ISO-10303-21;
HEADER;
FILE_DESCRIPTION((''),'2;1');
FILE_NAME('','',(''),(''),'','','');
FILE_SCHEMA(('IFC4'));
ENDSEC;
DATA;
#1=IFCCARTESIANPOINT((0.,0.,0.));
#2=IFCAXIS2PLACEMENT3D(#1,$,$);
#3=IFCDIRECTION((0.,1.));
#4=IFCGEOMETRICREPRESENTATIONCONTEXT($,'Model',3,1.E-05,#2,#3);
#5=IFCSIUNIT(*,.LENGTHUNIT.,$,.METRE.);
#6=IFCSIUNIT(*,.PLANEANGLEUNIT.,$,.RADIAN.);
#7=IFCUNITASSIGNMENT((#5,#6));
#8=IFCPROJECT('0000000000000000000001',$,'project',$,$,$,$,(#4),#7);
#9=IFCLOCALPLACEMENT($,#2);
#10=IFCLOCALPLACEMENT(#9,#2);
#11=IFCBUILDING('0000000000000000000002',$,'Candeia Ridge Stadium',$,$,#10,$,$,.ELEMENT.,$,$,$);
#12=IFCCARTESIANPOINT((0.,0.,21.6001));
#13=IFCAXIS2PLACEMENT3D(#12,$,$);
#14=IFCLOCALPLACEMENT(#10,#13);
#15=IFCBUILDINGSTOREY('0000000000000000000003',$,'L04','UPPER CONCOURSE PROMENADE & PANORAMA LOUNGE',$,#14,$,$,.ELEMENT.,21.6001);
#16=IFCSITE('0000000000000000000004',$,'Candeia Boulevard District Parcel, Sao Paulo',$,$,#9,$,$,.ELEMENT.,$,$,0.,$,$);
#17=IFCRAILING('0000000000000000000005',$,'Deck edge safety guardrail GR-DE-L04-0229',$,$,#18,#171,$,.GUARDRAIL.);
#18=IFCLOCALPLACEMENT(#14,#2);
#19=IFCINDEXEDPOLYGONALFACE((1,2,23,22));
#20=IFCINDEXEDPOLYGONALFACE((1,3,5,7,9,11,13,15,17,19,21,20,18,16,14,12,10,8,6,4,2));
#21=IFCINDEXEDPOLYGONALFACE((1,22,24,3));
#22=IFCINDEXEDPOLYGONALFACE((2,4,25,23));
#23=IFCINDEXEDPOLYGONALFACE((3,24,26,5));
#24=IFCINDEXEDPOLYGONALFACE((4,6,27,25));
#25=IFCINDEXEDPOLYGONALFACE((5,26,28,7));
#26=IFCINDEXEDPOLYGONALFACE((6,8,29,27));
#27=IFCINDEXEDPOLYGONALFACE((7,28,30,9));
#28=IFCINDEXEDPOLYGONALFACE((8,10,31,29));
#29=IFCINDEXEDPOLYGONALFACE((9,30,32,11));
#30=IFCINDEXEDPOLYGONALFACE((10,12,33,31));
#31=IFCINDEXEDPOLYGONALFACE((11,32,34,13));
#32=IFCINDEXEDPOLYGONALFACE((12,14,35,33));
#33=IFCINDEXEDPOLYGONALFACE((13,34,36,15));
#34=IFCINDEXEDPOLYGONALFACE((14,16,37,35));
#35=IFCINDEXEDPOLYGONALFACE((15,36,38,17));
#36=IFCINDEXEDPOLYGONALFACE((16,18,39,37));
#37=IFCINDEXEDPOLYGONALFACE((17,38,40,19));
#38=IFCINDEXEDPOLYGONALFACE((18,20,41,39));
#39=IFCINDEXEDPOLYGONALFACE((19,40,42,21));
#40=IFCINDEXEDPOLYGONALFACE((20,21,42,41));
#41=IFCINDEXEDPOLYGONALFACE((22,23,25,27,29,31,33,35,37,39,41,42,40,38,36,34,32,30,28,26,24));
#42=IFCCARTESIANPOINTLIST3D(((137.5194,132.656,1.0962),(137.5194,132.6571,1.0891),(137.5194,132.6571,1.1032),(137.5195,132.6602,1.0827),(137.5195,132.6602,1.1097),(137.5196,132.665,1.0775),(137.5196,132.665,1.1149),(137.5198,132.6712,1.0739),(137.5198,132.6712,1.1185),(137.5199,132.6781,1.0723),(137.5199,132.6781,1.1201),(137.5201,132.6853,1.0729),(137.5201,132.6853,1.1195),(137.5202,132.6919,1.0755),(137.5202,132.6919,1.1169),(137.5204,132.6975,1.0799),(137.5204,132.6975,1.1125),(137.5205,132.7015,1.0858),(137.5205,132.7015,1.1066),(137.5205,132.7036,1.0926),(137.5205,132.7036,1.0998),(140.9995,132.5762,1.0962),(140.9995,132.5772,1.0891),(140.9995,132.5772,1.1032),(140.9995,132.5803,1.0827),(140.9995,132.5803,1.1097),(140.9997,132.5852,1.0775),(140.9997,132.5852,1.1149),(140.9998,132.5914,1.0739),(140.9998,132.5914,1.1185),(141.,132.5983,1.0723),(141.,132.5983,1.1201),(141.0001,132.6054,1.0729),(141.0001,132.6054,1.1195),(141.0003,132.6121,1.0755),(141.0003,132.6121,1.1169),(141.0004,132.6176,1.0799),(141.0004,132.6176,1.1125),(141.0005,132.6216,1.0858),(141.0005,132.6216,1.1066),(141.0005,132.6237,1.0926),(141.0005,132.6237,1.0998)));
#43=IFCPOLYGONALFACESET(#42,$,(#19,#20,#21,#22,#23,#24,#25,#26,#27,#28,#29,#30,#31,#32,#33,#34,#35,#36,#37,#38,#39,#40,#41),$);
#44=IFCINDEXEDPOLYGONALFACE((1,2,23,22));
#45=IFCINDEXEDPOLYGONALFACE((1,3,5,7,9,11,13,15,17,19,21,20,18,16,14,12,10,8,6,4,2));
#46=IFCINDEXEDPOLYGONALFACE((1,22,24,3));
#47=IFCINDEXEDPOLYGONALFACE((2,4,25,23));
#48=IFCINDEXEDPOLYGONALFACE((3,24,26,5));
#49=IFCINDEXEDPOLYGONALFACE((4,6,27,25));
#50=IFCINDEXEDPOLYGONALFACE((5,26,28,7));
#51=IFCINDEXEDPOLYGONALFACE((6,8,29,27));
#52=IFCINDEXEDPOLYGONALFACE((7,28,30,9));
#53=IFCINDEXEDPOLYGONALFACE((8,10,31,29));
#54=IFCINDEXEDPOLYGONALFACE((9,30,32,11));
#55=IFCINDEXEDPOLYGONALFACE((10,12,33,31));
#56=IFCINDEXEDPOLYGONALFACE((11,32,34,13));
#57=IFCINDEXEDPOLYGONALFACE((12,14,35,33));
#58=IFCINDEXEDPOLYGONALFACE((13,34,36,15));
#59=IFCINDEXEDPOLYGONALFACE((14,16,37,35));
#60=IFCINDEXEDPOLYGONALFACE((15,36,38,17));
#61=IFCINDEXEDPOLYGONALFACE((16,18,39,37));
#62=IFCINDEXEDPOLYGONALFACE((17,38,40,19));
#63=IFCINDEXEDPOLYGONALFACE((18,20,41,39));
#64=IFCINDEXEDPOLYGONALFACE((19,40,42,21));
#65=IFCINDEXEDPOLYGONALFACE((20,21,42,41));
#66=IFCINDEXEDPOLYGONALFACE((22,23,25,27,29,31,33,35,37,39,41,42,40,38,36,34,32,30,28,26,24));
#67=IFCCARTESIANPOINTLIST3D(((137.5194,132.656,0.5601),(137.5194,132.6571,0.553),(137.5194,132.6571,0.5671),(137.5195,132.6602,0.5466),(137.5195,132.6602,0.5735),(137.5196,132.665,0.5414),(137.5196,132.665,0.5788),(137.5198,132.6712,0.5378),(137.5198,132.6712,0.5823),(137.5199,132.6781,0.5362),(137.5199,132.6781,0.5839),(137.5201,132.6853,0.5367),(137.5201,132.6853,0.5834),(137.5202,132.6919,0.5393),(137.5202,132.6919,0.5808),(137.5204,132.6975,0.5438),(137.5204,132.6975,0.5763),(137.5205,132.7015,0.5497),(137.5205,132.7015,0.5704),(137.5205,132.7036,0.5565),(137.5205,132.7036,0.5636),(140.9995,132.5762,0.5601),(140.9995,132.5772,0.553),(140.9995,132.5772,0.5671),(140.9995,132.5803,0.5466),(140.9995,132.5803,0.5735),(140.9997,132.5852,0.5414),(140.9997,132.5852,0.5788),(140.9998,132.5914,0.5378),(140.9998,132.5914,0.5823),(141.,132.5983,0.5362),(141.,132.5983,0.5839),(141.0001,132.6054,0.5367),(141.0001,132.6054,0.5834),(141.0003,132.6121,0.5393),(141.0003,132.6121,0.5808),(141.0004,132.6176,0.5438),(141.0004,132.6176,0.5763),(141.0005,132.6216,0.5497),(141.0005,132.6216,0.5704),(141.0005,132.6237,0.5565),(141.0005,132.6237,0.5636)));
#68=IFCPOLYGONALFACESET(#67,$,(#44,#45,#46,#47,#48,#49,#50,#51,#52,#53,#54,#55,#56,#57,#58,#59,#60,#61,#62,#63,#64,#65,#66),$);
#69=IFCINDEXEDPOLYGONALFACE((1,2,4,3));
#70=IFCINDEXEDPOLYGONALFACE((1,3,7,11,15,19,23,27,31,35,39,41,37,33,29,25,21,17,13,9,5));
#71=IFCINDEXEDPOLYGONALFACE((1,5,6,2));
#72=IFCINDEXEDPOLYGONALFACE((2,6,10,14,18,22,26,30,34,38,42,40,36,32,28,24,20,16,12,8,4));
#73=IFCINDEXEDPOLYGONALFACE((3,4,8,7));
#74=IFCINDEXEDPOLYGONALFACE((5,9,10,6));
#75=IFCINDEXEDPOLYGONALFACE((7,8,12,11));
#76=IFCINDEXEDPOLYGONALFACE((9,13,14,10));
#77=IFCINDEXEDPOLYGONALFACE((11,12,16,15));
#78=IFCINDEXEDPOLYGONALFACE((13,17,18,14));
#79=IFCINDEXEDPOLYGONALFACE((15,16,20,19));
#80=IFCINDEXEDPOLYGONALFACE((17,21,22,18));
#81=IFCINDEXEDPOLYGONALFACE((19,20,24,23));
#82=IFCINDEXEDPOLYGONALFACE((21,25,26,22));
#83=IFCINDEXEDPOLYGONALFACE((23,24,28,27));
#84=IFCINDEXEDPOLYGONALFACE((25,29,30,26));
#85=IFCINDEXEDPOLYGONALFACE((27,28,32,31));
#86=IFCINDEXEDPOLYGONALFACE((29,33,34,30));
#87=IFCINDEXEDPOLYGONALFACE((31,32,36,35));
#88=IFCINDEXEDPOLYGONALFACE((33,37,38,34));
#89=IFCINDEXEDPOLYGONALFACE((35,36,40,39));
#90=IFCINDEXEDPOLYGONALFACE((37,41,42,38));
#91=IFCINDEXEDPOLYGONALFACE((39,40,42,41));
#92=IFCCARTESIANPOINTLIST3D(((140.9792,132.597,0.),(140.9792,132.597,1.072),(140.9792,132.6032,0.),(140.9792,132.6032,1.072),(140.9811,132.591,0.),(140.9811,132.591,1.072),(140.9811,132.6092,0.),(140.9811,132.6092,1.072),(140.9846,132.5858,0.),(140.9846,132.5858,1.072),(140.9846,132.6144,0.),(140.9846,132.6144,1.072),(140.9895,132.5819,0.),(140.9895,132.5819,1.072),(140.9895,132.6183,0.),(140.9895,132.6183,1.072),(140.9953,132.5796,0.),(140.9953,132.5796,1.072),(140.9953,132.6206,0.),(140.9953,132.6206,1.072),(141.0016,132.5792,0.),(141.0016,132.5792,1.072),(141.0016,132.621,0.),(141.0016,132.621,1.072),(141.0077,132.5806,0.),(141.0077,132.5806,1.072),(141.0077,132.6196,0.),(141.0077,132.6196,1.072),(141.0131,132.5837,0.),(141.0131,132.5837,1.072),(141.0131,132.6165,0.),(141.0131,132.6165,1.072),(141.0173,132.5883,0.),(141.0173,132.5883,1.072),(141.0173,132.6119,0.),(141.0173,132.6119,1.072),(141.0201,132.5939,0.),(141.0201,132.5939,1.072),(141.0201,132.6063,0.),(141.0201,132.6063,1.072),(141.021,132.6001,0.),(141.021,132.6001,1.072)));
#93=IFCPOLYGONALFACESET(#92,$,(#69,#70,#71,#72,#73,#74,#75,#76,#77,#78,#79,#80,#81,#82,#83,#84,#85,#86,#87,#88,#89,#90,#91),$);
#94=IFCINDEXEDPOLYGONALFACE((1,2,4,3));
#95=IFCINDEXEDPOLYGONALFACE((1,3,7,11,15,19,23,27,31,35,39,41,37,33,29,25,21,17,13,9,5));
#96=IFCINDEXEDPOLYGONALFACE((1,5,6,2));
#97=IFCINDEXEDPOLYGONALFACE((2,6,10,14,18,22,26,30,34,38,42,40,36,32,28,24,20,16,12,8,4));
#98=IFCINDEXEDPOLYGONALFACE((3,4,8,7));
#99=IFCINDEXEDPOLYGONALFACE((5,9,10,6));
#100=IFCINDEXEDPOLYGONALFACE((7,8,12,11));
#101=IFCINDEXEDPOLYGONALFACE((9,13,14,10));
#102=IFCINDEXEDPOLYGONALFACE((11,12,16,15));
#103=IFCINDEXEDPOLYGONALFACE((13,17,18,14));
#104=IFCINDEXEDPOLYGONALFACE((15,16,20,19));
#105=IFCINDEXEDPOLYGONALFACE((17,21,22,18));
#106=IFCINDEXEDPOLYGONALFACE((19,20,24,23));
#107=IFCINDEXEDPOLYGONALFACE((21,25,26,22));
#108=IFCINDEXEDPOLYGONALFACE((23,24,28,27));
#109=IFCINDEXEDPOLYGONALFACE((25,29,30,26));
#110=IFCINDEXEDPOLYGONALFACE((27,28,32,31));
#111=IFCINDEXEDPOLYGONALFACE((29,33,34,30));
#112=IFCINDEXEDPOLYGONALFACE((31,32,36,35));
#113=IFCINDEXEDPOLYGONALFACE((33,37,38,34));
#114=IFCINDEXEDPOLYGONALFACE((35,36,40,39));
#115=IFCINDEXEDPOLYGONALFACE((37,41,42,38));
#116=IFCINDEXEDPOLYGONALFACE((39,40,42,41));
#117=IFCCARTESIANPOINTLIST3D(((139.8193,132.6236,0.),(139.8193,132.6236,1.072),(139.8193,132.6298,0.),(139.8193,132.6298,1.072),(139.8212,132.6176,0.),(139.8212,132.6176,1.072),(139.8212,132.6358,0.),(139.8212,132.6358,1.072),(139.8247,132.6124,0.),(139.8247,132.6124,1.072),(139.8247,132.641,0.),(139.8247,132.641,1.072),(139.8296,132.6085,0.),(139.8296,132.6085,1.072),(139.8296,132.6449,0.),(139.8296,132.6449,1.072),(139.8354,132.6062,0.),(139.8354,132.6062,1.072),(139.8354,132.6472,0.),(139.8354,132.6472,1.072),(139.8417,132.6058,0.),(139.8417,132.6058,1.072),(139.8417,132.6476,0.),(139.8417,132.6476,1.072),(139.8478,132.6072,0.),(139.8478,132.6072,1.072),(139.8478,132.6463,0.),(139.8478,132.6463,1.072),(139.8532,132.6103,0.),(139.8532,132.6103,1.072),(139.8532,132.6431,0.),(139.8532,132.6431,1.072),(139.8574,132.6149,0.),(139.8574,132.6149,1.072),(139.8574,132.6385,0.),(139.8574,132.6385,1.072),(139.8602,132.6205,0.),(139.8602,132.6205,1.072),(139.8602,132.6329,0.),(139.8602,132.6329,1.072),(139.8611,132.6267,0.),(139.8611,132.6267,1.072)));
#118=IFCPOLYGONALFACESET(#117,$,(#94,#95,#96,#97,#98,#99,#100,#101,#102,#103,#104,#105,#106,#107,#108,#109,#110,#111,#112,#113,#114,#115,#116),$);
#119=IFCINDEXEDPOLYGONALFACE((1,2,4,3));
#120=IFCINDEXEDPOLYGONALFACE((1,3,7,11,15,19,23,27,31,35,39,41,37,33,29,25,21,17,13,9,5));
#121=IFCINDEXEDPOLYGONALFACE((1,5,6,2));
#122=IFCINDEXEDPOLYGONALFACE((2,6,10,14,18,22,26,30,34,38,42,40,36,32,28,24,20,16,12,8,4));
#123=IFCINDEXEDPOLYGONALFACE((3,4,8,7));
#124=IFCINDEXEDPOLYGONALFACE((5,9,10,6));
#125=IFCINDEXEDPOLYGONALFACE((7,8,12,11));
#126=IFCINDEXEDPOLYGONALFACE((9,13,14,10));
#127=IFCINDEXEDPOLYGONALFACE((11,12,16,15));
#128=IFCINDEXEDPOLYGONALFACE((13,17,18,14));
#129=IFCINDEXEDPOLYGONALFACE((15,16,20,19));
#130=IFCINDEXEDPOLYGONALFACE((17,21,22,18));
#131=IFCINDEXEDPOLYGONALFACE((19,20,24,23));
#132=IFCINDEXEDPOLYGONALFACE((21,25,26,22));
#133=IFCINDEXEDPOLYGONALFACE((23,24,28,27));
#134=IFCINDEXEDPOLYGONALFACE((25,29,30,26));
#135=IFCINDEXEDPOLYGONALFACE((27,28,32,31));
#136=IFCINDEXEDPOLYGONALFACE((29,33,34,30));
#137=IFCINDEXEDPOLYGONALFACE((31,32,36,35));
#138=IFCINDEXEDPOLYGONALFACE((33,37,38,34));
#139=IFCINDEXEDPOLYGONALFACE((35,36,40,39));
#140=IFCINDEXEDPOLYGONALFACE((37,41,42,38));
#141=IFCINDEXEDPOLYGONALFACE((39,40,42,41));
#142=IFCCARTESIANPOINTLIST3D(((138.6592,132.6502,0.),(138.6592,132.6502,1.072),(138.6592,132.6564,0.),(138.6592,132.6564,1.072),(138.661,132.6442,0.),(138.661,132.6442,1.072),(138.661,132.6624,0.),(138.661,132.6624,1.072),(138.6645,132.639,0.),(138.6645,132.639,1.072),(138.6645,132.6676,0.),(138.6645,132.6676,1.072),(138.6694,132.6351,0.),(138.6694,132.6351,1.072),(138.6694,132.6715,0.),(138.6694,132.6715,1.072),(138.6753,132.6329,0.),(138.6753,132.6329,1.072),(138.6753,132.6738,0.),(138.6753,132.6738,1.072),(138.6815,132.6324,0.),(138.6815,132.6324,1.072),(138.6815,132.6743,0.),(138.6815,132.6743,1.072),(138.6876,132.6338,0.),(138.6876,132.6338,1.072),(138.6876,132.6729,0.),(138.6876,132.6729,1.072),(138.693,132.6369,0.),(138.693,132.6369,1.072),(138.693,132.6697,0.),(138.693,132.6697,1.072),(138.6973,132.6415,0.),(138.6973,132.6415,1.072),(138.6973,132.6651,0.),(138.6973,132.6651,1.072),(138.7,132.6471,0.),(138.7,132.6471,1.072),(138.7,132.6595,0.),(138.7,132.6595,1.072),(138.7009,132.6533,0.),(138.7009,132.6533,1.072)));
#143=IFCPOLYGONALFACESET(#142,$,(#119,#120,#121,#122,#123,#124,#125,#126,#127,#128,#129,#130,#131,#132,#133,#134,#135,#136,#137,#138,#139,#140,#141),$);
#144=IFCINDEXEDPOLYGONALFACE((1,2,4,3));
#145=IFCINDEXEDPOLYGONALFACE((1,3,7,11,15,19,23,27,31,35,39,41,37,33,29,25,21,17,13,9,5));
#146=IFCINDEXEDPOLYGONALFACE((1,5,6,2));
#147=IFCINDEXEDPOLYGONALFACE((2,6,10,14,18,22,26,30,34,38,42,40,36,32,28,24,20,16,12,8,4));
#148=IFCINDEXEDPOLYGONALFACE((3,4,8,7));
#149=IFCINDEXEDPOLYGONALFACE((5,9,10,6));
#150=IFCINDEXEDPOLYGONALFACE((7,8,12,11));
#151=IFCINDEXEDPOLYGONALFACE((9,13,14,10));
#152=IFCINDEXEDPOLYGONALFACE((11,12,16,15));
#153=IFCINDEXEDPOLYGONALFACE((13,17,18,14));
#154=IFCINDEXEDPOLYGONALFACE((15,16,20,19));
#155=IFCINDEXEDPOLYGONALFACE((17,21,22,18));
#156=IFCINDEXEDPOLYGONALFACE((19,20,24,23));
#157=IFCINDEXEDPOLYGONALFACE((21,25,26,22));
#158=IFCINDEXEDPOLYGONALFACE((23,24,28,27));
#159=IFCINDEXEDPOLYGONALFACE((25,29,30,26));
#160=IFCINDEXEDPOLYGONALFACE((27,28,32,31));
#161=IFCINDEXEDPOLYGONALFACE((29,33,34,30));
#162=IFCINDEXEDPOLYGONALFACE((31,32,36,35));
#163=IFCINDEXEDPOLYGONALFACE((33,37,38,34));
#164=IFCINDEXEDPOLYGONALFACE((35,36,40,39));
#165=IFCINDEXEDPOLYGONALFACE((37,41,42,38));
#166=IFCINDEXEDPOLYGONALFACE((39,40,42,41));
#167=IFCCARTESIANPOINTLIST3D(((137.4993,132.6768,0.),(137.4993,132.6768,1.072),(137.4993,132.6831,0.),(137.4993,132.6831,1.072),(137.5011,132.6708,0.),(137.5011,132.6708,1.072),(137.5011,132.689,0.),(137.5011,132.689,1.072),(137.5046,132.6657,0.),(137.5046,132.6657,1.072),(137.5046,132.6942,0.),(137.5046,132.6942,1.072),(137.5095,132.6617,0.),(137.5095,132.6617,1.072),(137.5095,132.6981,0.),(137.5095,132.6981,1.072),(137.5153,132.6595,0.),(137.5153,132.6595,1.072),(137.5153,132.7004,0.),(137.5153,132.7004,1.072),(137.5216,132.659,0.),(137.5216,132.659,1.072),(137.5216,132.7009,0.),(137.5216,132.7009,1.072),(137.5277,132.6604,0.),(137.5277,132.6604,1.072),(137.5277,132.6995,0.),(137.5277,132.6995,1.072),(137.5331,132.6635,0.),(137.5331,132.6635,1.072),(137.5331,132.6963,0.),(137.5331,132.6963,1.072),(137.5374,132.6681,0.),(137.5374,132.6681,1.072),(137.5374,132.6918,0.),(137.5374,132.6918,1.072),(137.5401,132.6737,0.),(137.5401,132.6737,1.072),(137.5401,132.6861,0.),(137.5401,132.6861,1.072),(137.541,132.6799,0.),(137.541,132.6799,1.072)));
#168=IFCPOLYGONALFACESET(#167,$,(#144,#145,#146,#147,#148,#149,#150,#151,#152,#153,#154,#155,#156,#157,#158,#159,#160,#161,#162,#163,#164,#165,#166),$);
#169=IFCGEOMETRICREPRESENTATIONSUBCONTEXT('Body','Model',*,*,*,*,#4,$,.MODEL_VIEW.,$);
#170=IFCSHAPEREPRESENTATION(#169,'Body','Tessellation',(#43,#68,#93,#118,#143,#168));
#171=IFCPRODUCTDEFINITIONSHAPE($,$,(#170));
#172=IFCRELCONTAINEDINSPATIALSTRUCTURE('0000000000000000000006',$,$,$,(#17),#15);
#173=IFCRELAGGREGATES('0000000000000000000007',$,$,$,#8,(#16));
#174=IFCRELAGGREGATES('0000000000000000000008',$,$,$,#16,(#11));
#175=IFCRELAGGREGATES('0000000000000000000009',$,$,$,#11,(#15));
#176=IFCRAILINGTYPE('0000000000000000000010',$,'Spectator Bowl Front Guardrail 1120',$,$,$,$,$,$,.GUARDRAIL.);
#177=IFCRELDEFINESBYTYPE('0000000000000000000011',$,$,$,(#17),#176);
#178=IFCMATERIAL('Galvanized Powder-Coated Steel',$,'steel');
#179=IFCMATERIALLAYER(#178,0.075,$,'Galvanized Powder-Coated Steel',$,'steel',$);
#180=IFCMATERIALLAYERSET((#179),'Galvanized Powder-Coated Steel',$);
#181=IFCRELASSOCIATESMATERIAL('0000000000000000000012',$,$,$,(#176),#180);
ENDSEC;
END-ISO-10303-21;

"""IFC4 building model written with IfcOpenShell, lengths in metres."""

from ifc_helpers import new_model, si_unit, direction, frame, origin, origin_2d, place, context, subcontext, project, spatial, circle, extrude, material, layer, layer_set, type_object, element, save


model = new_model("IFC4")

# Units and contexts
model_context = context("Model", 3, precision=1e-05, world=origin(), true_north=direction((0.0, 1.0)))
body_context = subcontext(model_context, "Body", "Model", "MODEL_VIEW")
ifc_project = project(units=[si_unit("LENGTHUNIT", "METRE"), si_unit("PLANEANGLEUNIT", "RADIAN")], contexts=[model_context])

# Site, building, storey
site_placement = place(None, origin())
site = spatial("IfcSite", under=ifc_project, at=site_placement, Name="Candeia Boulevard District Parcel, Sao Paulo", CompositionType="ELEMENT", RefElevation=0.0)
building_placement = place(site_placement, origin())
building = spatial("IfcBuilding", under=site, at=building_placement, Name="Candeia Ridge Stadium", CompositionType="ELEMENT")
storey_placement = place(building_placement, frame((0.0, 0.0, 21.6001)))
storey = spatial("IfcBuildingStorey", under=building, at=storey_placement, Name="L04", Description="UPPER CONCOURSE PROMENADE & PANORAMA LOUNGE", CompositionType="ELEMENT", Elevation=21.6001)

# Railing
ifc_material_1 = material(Name="Galvanized Powder-Coated Steel", Category="steel")
ifc_layer_1 = layer(ifc_material_1, 0.075, Name="Galvanized Powder-Coated Steel", Category="steel")
ifc_layer_set_1 = layer_set([ifc_layer_1], Name="Galvanized Powder-Coated Steel")
railing_type_1 = type_object("IfcRailingType", Name="Spectator Bowl Front Guardrail 1120", PredefinedType="GUARDRAIL", material=ifc_layer_set_1)
railing_1_placement = place(storey_placement, frame((141.0, 132.6001, 0.0)))
element("IfcRailing", 1, at=railing_1_placement, inside=storey, type_object=railing_type_1, Name="Deck edge safety guardrail GR-DE-L04-0229", PredefinedType="GUARDRAIL", context=body_context, shape_type="SweptSolid", body=[
    extrude(circle(Radius=0.0239, at=origin_2d()), frame((0.0, 0.0, 1.0962), z_axis=(-0.999737, 0.022935, 0.0), x_axis=(-0.022935, -0.999737, 0.0)), (0.0, 0.0, 1.0), 3.481),
    extrude(circle(Radius=0.0239, at=origin_2d()), frame((0.0, 0.0, 0.5601), z_axis=(-0.999737, 0.022935, 0.0), x_axis=(-0.022935, -0.999737, 0.0)), (0.0, 0.0, 1.0), 3.481),
    extrude(circle(Radius=0.021, at=origin_2d()), origin(), (0.0, 0.0, 1.0), 1.072),
    extrude(circle(Radius=0.021, at=origin_2d()), frame((-1.1599, 0.0266, 0.0)), (0.0, 0.0, 1.0), 1.072),
    extrude(circle(Radius=0.021, at=origin_2d()), frame((-2.3201, 0.0532, 0.0)), (0.0, 0.0, 1.0), 1.072),
    extrude(circle(Radius=0.021, at=origin_2d()), frame((-3.48, 0.0798, 0.0)), (0.0, 0.0, 1.0), 1.072),
])

save(model, "model.ifc")
